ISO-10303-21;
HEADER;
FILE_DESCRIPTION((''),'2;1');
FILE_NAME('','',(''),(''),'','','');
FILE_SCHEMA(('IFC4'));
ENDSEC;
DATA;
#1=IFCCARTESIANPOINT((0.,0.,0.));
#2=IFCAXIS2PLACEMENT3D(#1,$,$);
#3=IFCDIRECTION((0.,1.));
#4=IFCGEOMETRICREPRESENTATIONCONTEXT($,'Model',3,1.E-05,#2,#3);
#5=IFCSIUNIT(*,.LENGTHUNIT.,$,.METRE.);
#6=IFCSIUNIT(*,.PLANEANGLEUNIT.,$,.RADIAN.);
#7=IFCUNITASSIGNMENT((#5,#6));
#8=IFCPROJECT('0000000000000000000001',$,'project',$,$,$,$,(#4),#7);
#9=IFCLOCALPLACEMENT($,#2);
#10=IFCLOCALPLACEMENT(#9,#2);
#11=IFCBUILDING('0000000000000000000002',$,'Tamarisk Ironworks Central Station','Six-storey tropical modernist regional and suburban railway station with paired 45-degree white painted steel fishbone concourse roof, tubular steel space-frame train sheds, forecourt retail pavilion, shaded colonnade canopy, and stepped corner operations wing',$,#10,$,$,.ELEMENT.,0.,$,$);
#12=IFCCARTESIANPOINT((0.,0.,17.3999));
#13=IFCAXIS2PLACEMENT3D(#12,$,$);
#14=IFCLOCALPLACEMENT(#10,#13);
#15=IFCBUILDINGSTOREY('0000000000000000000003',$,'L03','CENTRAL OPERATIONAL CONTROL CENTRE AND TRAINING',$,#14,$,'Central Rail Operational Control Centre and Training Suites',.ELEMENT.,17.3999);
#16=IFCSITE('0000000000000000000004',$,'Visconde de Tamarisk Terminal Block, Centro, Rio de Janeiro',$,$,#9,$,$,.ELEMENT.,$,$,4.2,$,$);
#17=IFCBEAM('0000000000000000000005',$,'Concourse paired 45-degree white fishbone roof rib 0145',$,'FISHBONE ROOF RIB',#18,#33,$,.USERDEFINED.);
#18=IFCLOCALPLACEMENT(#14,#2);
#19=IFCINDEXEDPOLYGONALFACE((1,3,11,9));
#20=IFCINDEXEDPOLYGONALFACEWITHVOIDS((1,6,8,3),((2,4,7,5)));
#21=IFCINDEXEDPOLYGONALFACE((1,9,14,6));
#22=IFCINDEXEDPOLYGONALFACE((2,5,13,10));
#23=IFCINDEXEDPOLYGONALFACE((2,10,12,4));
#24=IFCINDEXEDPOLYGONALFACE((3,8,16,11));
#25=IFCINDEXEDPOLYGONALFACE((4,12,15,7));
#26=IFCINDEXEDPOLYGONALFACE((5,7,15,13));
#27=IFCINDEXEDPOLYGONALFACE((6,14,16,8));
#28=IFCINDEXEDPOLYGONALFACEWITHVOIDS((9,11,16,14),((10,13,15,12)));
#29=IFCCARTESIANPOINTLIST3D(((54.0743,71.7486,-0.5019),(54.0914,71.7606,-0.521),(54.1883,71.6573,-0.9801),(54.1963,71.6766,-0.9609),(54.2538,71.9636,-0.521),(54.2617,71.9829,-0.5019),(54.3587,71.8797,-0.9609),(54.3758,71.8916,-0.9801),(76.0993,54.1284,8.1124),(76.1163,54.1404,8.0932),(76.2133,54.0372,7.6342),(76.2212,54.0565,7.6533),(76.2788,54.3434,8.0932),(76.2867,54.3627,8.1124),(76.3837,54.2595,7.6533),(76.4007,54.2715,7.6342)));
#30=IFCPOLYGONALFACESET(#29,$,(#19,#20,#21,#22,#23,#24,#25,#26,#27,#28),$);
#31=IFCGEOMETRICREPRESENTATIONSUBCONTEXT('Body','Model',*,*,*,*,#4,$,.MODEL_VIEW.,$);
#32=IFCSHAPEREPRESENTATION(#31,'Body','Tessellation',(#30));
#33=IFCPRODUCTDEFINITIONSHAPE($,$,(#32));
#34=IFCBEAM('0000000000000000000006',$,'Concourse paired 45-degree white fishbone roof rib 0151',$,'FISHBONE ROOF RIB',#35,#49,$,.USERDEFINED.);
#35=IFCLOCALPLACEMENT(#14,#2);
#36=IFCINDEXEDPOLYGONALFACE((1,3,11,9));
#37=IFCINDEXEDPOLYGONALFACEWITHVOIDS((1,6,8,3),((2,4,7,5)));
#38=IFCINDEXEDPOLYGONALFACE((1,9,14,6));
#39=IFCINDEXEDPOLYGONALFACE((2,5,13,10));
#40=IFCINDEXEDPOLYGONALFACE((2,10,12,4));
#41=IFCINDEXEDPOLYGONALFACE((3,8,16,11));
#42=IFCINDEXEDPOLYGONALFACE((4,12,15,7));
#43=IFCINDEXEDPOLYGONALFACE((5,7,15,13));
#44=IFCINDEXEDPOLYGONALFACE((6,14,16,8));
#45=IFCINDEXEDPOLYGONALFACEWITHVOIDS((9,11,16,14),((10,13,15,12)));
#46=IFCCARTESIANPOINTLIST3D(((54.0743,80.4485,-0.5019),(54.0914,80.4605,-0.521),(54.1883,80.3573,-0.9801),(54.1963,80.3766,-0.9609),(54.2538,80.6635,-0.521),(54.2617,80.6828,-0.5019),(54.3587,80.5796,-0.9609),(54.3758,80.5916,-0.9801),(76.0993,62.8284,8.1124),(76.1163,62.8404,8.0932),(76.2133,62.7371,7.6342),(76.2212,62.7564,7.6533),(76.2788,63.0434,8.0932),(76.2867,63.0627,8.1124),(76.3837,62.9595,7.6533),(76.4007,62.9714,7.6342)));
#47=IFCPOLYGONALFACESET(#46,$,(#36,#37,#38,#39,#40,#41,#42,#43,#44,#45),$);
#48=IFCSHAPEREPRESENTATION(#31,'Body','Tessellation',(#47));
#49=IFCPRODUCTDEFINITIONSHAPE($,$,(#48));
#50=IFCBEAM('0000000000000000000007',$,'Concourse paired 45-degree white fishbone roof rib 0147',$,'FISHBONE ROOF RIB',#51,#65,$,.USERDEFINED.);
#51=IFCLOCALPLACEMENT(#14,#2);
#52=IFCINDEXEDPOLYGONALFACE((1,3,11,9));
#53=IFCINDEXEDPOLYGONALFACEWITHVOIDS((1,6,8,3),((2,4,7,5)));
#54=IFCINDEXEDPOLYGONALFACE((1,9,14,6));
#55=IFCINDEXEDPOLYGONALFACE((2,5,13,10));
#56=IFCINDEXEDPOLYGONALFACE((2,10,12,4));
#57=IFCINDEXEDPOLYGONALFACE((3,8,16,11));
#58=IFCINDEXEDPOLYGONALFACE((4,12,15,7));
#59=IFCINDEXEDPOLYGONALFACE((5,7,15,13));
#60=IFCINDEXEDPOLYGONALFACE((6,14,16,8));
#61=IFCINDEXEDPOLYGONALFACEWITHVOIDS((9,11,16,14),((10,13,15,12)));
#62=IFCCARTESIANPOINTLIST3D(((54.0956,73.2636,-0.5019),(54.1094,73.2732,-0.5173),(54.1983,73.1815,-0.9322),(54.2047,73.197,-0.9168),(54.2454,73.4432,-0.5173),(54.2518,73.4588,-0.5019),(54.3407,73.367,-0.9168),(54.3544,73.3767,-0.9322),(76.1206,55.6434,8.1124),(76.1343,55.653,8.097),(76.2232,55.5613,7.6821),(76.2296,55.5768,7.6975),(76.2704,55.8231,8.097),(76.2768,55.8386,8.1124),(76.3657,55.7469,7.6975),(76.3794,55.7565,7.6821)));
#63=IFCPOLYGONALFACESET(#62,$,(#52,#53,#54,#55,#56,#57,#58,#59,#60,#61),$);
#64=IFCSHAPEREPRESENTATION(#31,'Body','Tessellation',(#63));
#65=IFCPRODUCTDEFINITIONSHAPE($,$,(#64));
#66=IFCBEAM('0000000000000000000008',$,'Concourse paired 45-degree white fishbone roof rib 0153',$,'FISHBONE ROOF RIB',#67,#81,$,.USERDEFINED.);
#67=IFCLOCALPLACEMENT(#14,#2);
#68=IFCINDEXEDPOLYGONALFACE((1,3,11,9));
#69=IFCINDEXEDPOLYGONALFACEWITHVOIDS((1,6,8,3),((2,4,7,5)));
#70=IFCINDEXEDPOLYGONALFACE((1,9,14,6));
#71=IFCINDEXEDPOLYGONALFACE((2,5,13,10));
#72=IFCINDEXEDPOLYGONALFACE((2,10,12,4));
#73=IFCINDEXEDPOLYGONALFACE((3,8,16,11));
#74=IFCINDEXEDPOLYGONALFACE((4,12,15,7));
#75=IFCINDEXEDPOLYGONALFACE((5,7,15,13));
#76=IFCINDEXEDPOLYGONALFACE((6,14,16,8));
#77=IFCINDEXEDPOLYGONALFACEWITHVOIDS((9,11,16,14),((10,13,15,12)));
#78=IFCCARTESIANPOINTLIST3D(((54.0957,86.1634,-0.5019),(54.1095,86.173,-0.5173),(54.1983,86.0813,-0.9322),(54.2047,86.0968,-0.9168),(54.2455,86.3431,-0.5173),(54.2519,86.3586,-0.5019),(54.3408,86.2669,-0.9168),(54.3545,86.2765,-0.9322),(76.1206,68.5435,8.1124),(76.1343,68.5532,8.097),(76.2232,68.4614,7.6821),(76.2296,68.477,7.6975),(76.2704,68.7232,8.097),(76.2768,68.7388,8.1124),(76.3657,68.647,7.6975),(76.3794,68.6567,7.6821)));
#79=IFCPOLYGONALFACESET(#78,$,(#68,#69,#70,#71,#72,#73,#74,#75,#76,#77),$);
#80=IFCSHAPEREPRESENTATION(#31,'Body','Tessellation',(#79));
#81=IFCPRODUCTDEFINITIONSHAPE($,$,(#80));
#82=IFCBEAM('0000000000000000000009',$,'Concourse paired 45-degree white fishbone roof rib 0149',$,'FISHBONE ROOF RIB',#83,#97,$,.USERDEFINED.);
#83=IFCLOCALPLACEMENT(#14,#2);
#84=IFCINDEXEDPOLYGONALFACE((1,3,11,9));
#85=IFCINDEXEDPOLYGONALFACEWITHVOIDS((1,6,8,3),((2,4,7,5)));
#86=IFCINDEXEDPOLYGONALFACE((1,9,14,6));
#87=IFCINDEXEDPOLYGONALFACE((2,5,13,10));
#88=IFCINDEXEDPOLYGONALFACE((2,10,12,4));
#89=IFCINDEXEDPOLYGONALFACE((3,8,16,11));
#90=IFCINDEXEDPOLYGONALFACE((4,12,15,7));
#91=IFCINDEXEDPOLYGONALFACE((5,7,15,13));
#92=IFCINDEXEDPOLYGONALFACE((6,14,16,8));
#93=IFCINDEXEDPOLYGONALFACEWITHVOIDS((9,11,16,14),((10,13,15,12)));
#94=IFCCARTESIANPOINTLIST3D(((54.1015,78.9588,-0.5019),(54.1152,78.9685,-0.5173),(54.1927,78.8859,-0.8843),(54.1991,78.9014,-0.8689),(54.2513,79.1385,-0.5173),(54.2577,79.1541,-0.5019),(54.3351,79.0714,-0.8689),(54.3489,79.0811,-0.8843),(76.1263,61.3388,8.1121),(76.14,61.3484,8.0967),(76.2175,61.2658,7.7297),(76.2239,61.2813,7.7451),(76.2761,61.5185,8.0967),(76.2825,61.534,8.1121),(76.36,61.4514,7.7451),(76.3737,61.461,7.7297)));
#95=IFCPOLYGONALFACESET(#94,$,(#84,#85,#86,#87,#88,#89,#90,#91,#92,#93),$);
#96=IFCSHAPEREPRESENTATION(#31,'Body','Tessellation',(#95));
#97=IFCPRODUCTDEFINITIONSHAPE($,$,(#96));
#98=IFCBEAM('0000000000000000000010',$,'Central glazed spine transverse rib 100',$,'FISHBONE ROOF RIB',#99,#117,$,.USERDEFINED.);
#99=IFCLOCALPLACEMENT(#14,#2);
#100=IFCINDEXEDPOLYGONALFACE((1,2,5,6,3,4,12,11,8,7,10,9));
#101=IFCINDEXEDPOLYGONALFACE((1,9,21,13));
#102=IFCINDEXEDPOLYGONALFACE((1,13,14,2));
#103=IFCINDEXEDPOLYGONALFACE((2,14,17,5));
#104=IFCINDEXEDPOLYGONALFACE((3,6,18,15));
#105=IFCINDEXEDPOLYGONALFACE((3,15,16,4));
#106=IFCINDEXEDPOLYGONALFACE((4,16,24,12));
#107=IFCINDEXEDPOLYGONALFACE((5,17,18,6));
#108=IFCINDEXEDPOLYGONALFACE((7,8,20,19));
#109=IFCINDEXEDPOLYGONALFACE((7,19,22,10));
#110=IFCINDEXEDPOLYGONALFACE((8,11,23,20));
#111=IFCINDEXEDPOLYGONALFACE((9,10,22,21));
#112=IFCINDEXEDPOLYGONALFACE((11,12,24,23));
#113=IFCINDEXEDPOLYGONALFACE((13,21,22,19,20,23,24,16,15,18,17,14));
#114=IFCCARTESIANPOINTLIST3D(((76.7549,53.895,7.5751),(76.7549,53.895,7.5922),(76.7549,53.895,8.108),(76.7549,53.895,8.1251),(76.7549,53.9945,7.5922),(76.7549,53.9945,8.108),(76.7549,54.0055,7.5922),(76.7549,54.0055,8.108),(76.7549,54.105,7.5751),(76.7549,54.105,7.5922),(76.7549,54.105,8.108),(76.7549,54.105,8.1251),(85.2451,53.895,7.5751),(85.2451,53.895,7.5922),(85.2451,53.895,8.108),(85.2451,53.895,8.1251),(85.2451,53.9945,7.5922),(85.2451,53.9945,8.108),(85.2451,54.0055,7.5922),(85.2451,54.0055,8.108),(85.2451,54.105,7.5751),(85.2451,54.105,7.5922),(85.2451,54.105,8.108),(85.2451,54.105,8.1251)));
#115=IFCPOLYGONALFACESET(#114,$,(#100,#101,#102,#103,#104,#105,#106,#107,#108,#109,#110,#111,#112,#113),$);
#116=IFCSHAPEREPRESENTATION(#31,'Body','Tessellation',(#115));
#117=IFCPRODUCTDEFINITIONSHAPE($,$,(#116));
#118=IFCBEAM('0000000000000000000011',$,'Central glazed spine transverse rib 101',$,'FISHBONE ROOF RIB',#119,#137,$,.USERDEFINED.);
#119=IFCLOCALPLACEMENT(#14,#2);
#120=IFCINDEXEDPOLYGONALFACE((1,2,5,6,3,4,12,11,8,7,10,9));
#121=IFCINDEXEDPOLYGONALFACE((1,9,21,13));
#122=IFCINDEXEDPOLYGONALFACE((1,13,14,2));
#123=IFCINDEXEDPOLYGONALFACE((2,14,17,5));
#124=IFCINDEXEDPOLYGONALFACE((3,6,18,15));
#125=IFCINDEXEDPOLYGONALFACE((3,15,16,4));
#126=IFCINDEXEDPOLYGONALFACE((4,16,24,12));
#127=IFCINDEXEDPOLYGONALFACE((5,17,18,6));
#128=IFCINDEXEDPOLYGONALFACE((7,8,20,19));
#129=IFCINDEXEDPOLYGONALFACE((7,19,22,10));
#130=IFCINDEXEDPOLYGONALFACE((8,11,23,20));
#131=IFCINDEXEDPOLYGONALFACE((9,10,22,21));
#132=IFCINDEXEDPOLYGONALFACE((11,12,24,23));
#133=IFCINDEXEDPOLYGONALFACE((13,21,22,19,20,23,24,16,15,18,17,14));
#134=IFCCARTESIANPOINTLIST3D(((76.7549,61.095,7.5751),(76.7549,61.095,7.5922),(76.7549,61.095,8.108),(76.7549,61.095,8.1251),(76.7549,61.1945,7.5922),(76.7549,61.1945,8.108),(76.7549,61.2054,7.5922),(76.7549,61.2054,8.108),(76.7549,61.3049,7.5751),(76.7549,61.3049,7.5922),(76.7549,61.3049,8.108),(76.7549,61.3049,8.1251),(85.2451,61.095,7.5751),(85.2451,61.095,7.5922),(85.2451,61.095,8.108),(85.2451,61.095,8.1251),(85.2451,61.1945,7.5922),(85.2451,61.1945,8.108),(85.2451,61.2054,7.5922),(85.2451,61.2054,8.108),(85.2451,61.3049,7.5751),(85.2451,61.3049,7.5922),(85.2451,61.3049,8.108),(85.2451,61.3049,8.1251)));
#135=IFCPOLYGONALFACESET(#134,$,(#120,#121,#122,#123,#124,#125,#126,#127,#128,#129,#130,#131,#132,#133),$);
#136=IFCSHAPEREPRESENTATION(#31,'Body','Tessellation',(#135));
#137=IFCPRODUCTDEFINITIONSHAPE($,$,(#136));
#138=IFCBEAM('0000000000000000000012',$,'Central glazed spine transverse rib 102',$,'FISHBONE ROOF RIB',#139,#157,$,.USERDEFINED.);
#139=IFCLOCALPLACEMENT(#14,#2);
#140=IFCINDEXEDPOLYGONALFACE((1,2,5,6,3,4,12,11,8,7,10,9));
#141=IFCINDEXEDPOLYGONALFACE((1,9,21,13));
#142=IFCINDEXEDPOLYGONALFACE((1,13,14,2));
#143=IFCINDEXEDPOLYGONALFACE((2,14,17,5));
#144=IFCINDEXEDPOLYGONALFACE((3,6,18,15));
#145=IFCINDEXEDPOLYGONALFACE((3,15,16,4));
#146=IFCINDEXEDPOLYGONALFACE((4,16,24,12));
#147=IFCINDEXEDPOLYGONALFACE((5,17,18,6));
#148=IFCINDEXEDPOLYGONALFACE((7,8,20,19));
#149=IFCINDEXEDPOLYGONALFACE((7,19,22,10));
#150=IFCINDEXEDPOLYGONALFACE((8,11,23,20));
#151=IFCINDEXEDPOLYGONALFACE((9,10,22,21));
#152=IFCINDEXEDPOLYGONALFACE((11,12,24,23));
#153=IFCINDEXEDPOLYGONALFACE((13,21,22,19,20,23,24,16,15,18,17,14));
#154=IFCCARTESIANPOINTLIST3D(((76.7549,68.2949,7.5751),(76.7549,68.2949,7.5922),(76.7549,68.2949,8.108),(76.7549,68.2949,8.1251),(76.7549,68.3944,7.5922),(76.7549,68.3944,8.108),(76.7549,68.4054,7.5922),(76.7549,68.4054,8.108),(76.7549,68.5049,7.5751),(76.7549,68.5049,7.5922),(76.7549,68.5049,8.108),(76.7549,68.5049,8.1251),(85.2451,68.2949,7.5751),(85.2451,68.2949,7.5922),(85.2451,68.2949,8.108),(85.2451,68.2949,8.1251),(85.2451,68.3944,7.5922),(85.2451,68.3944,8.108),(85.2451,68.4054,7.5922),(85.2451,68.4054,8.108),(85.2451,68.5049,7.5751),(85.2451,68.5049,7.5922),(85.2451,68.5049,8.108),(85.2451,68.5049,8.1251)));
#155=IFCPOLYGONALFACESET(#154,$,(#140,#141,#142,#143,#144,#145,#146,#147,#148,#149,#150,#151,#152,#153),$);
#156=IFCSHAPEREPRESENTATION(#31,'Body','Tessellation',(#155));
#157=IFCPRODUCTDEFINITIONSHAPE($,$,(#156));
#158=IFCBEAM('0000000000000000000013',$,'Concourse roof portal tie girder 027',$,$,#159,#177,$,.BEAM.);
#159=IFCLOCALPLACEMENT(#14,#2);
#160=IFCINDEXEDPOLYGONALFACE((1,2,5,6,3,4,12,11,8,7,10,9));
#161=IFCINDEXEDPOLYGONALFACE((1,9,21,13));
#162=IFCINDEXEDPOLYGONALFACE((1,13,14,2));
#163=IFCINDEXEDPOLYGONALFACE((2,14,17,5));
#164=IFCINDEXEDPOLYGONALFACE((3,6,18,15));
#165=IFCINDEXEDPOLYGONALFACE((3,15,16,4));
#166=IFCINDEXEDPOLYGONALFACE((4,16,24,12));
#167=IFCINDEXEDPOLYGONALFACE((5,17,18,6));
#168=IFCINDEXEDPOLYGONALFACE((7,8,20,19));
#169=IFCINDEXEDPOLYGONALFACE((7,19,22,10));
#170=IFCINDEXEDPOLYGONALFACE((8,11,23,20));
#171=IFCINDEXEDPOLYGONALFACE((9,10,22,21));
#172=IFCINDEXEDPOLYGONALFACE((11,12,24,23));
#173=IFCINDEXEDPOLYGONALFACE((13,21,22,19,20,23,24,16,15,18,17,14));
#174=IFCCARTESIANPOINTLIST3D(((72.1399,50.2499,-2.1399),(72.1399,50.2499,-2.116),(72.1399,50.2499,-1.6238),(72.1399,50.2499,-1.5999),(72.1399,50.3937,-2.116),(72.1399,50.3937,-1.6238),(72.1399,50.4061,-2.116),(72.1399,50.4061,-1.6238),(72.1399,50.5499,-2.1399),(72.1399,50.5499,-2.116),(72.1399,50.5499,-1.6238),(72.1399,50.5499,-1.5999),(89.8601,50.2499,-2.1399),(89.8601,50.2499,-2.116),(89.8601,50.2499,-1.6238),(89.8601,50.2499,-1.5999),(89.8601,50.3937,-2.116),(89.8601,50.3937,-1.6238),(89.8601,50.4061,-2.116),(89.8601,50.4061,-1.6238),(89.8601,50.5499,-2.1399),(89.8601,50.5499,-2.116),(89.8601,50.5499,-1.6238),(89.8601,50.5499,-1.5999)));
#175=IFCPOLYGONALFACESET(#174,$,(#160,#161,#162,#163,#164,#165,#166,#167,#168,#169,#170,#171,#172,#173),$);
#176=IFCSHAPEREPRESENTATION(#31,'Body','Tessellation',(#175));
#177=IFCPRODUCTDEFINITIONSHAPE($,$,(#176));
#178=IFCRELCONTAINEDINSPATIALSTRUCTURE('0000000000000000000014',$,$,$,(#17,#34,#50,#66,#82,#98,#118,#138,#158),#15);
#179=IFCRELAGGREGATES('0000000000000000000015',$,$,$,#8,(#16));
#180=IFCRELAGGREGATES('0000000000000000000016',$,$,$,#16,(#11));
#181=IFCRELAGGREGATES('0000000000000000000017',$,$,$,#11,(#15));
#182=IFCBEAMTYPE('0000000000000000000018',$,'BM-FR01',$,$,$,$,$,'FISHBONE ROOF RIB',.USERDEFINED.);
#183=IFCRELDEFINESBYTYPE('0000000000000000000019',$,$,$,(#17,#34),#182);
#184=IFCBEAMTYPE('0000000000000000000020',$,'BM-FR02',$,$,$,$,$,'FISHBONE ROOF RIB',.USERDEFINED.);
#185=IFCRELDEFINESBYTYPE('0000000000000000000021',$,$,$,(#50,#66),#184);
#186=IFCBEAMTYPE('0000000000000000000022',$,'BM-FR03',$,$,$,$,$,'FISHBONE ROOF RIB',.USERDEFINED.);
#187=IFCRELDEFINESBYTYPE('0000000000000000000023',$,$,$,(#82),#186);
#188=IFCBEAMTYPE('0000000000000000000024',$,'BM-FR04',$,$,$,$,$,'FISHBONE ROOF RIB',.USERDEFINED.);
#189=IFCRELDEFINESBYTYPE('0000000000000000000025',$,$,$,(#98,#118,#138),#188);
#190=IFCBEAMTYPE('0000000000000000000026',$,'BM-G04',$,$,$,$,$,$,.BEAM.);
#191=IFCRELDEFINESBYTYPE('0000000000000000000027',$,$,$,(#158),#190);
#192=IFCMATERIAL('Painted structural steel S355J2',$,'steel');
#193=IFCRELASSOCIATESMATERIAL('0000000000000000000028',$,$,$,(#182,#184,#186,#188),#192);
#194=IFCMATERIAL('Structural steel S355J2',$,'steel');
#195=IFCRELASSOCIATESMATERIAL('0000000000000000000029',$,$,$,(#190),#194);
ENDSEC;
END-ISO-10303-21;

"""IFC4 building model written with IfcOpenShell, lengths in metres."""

from ifc_helpers import new_model, si_unit, direction, frame, origin, origin_2d, place, context, subcontext, project, spatial, hollow_rectangle, i_section, extrude, material, material_profile, profile_set, type_object, element, save


model = new_model("IFC4")

# Units and contexts
model_context = context("Model", 3, precision=1e-05, world=origin(), true_north=direction((0.0, 1.0)))
body_context = subcontext(model_context, "Body", "Model", "MODEL_VIEW")
ifc_project = project(units=[si_unit("LENGTHUNIT", "METRE"), si_unit("PLANEANGLEUNIT", "RADIAN")], contexts=[model_context])

# Site, building, storey
site_placement = place(None, origin())
site = spatial("IfcSite", under=ifc_project, at=site_placement, Name="Visconde de Tamarisk Terminal Block, Centro, Rio de Janeiro", CompositionType="ELEMENT", RefElevation=4.2)
building_placement = place(site_placement, origin())
building = spatial("IfcBuilding", under=site, at=building_placement, Name="Tamarisk Ironworks Central Station", Description="Six-storey tropical modernist regional and suburban railway station with paired 45-degree white painted steel fishbone concourse roof, tubular steel space-frame train sheds, forecourt retail pavilion, shaded colonnade canopy, and stepped corner operations wing", CompositionType="ELEMENT", ElevationOfRefHeight=0.0)
storey_placement = place(building_placement, frame((0.0, 0.0, 17.3999)))
storey = spatial("IfcBuildingStorey", under=building, at=storey_placement, Name="L03", Description="CENTRAL OPERATIONAL CONTROL CENTRE AND TRAINING", LongName="Central Rail Operational Control Centre and Training Suites", CompositionType="ELEMENT", Elevation=17.3999)

# Beams
ifc_material_1 = material(Name="Painted structural steel S355J2", Category="steel")
ifc_material_profile_1 = material_profile(ifc_material_1, hollow_rectangle(XDim=0.3, YDim=0.5, WallThickness=0.02, at=origin_2d()), Name="RHS 500x300x20")
ifc_profile_set_1 = profile_set([ifc_material_profile_1], Name="Painted structural steel S355J2")
beam_type_1 = type_object("IfcBeamType", Name="BM-FR01", ElementType="FISHBONE ROOF RIB", PredefinedType="USERDEFINED", material=ifc_profile_set_1)
for number, where, z_axis, x_axis, name in (
    (1, (76.25, 54.2, 7.8733), (-0.746813, 0.597457, -0.292089), (-0.624699, -0.780865, 0.0), "Concourse paired 45-degree white fishbone roof rib 0145"),
    (2, (76.25, 62.8999, 7.8733), (-0.746813, 0.597457, -0.292089), (-0.624699, -0.780865, 0.0), "Concourse paired 45-degree white fishbone roof rib 0151"),
):
    element("IfcBeam", number, at=place(storey_placement, frame(where, z_axis=z_axis, x_axis=x_axis)), inside=storey, type_object=beam_type_1, Name=name, ObjectType="FISHBONE ROOF RIB", PredefinedType="USERDEFINED", context=body_context, shape_type="SweptSolid", body=[
        extrude(hollow_rectangle(XDim=0.3, YDim=0.5, WallThickness=0.02, at=origin_2d()), origin(), (0.0, 0.0, 1.0), 29.4919),
    ])
ifc_material_profile_2 = material_profile(ifc_material_1, hollow_rectangle(XDim=0.25, YDim=0.45, WallThickness=0.0161, at=origin_2d()), Name="RHS 450x250x16")
ifc_profile_set_2 = profile_set([ifc_material_profile_2], Name="Painted structural steel S355J2")
beam_type_2 = type_object("IfcBeamType", Name="BM-FR02", ElementType="FISHBONE ROOF RIB", PredefinedType="USERDEFINED", material=ifc_profile_set_2)
beam_1_placement = place(storey_placement, frame((76.25, 55.7, 7.8972), z_axis=(-0.746813, 0.597457, -0.292089), x_axis=(-0.624699, -0.780865, 0.0)))
element("IfcBeam", 3, at=beam_1_placement, inside=storey, type_object=beam_type_2, Name="Concourse paired 45-degree white fishbone roof rib 0147", ObjectType="FISHBONE ROOF RIB", PredefinedType="USERDEFINED", context=body_context, shape_type="SweptSolid", body=[
    extrude(hollow_rectangle(XDim=0.25, YDim=0.45, WallThickness=0.0161, at=origin_2d()), origin(), (0.0, 0.0, 1.0), 29.4919),
])
beam_2_placement = place(storey_placement, frame((76.25, 68.6001, 7.8972), z_axis=(-0.746816, 0.597451, -0.292091), x_axis=(-0.624694, -0.78087, 0.0)))
element("IfcBeam", 4, at=beam_2_placement, inside=storey, type_object=beam_type_2, Name="Concourse paired 45-degree white fishbone roof rib 0153", ObjectType="FISHBONE ROOF RIB", PredefinedType="USERDEFINED", context=body_context, shape_type="SweptSolid", body=[
    extrude(hollow_rectangle(XDim=0.25, YDim=0.45, WallThickness=0.0161, at=origin_2d()), origin(), (0.0, 0.0, 1.0), 29.4917),
])
ifc_material_profile_3 = material_profile(ifc_material_1, hollow_rectangle(XDim=0.25, YDim=0.3999, WallThickness=0.0161, at=origin_2d()), Name="RHS 400x250x16")
ifc_profile_set_3 = profile_set([ifc_material_profile_3], Name="Painted structural steel S355J2")
beam_type_3 = type_object("IfcBeamType", Name="BM-FR03", ElementType="FISHBONE ROOF RIB", PredefinedType="USERDEFINED", material=ifc_profile_set_3)
beam_3_placement = place(storey_placement, frame((76.25, 61.3999, 7.9209), z_axis=(-0.746815, 0.597458, -0.292082), x_axis=(-0.624699, -0.780865, 0.0)))
element("IfcBeam", 5, at=beam_3_placement, inside=storey, type_object=beam_type_3, Name="Concourse paired 45-degree white fishbone roof rib 0149", ObjectType="FISHBONE ROOF RIB", PredefinedType="USERDEFINED", context=body_context, shape_type="SweptSolid", body=[
    extrude(hollow_rectangle(XDim=0.25, YDim=0.3999, WallThickness=0.0161, at=origin_2d()), origin(), (0.0, 0.0, 1.0), 29.4917),
])
ifc_material_profile_4 = material_profile(ifc_material_1, i_section(OverallWidth=0.21, OverallDepth=0.55, WebThickness=0.011, FlangeThickness=0.0171, at=origin_2d()), Name="IPE 550")
ifc_profile_set_4 = profile_set([ifc_material_profile_4], Name="Painted structural steel S355J2")
beam_type_4 = type_object("IfcBeamType", Name="BM-FR04", ElementType="FISHBONE ROOF RIB", PredefinedType="USERDEFINED", material=ifc_profile_set_4)
for number, where, z_axis, x_axis, name in (
    (6, (76.7549, 54.0, 7.8501), (1.0, 0.0, 0.0), (0.0, 1.0, 0.0), "Central glazed spine transverse rib 100"),
    (7, (76.7549, 61.2, 7.8501), (1.0, 0.0, 0.0), (0.0, 1.0, 0.0), "Central glazed spine transverse rib 101"),
    (8, (76.7549, 68.3999, 7.8501), (1.0, 0.0, 0.0), (0.0, 1.0, 0.0), "Central glazed spine transverse rib 102"),
):
    element("IfcBeam", number, at=place(storey_placement, frame(where, z_axis=z_axis, x_axis=x_axis)), inside=storey, type_object=beam_type_4, Name=name, ObjectType="FISHBONE ROOF RIB", PredefinedType="USERDEFINED", context=body_context, shape_type="SweptSolid", body=[
        extrude(i_section(OverallWidth=0.21, OverallDepth=0.55, WebThickness=0.011, FlangeThickness=0.0171, at=origin_2d()), origin(), (0.0, 0.0, 1.0), 8.4902),
    ])
ifc_material_2 = material(Name="Structural steel S355J2", Category="steel")
ifc_material_profile_5 = material_profile(ifc_material_2, i_section(OverallWidth=0.3, OverallDepth=0.54, WebThickness=0.0125, FlangeThickness=0.0239, at=origin_2d()), Name="HEA 550")
ifc_profile_set_5 = profile_set([ifc_material_profile_5], Name="Structural steel S355J2")
beam_type_5 = type_object("IfcBeamType", Name="BM-G04", PredefinedType="BEAM", material=ifc_profile_set_5)
for number, where, z_axis, x_axis, name in (
    (9, (72.1399, 50.3999, -1.8699), (1.0, 0.0, 0.0), (0.0, 1.0, 0.0), "Concourse roof portal tie girder 027"),
):
    element("IfcBeam", number, at=place(storey_placement, frame(where, z_axis=z_axis, x_axis=x_axis)), inside=storey, type_object=beam_type_5, Name=name, PredefinedType="BEAM", context=body_context, shape_type="SweptSolid", body=[
        extrude(i_section(OverallWidth=0.3, OverallDepth=0.54, WebThickness=0.0125, FlangeThickness=0.0239, at=origin_2d()), origin(), (0.0, 0.0, 1.0), 17.7202),
    ])

save(model, "model.ifc")
